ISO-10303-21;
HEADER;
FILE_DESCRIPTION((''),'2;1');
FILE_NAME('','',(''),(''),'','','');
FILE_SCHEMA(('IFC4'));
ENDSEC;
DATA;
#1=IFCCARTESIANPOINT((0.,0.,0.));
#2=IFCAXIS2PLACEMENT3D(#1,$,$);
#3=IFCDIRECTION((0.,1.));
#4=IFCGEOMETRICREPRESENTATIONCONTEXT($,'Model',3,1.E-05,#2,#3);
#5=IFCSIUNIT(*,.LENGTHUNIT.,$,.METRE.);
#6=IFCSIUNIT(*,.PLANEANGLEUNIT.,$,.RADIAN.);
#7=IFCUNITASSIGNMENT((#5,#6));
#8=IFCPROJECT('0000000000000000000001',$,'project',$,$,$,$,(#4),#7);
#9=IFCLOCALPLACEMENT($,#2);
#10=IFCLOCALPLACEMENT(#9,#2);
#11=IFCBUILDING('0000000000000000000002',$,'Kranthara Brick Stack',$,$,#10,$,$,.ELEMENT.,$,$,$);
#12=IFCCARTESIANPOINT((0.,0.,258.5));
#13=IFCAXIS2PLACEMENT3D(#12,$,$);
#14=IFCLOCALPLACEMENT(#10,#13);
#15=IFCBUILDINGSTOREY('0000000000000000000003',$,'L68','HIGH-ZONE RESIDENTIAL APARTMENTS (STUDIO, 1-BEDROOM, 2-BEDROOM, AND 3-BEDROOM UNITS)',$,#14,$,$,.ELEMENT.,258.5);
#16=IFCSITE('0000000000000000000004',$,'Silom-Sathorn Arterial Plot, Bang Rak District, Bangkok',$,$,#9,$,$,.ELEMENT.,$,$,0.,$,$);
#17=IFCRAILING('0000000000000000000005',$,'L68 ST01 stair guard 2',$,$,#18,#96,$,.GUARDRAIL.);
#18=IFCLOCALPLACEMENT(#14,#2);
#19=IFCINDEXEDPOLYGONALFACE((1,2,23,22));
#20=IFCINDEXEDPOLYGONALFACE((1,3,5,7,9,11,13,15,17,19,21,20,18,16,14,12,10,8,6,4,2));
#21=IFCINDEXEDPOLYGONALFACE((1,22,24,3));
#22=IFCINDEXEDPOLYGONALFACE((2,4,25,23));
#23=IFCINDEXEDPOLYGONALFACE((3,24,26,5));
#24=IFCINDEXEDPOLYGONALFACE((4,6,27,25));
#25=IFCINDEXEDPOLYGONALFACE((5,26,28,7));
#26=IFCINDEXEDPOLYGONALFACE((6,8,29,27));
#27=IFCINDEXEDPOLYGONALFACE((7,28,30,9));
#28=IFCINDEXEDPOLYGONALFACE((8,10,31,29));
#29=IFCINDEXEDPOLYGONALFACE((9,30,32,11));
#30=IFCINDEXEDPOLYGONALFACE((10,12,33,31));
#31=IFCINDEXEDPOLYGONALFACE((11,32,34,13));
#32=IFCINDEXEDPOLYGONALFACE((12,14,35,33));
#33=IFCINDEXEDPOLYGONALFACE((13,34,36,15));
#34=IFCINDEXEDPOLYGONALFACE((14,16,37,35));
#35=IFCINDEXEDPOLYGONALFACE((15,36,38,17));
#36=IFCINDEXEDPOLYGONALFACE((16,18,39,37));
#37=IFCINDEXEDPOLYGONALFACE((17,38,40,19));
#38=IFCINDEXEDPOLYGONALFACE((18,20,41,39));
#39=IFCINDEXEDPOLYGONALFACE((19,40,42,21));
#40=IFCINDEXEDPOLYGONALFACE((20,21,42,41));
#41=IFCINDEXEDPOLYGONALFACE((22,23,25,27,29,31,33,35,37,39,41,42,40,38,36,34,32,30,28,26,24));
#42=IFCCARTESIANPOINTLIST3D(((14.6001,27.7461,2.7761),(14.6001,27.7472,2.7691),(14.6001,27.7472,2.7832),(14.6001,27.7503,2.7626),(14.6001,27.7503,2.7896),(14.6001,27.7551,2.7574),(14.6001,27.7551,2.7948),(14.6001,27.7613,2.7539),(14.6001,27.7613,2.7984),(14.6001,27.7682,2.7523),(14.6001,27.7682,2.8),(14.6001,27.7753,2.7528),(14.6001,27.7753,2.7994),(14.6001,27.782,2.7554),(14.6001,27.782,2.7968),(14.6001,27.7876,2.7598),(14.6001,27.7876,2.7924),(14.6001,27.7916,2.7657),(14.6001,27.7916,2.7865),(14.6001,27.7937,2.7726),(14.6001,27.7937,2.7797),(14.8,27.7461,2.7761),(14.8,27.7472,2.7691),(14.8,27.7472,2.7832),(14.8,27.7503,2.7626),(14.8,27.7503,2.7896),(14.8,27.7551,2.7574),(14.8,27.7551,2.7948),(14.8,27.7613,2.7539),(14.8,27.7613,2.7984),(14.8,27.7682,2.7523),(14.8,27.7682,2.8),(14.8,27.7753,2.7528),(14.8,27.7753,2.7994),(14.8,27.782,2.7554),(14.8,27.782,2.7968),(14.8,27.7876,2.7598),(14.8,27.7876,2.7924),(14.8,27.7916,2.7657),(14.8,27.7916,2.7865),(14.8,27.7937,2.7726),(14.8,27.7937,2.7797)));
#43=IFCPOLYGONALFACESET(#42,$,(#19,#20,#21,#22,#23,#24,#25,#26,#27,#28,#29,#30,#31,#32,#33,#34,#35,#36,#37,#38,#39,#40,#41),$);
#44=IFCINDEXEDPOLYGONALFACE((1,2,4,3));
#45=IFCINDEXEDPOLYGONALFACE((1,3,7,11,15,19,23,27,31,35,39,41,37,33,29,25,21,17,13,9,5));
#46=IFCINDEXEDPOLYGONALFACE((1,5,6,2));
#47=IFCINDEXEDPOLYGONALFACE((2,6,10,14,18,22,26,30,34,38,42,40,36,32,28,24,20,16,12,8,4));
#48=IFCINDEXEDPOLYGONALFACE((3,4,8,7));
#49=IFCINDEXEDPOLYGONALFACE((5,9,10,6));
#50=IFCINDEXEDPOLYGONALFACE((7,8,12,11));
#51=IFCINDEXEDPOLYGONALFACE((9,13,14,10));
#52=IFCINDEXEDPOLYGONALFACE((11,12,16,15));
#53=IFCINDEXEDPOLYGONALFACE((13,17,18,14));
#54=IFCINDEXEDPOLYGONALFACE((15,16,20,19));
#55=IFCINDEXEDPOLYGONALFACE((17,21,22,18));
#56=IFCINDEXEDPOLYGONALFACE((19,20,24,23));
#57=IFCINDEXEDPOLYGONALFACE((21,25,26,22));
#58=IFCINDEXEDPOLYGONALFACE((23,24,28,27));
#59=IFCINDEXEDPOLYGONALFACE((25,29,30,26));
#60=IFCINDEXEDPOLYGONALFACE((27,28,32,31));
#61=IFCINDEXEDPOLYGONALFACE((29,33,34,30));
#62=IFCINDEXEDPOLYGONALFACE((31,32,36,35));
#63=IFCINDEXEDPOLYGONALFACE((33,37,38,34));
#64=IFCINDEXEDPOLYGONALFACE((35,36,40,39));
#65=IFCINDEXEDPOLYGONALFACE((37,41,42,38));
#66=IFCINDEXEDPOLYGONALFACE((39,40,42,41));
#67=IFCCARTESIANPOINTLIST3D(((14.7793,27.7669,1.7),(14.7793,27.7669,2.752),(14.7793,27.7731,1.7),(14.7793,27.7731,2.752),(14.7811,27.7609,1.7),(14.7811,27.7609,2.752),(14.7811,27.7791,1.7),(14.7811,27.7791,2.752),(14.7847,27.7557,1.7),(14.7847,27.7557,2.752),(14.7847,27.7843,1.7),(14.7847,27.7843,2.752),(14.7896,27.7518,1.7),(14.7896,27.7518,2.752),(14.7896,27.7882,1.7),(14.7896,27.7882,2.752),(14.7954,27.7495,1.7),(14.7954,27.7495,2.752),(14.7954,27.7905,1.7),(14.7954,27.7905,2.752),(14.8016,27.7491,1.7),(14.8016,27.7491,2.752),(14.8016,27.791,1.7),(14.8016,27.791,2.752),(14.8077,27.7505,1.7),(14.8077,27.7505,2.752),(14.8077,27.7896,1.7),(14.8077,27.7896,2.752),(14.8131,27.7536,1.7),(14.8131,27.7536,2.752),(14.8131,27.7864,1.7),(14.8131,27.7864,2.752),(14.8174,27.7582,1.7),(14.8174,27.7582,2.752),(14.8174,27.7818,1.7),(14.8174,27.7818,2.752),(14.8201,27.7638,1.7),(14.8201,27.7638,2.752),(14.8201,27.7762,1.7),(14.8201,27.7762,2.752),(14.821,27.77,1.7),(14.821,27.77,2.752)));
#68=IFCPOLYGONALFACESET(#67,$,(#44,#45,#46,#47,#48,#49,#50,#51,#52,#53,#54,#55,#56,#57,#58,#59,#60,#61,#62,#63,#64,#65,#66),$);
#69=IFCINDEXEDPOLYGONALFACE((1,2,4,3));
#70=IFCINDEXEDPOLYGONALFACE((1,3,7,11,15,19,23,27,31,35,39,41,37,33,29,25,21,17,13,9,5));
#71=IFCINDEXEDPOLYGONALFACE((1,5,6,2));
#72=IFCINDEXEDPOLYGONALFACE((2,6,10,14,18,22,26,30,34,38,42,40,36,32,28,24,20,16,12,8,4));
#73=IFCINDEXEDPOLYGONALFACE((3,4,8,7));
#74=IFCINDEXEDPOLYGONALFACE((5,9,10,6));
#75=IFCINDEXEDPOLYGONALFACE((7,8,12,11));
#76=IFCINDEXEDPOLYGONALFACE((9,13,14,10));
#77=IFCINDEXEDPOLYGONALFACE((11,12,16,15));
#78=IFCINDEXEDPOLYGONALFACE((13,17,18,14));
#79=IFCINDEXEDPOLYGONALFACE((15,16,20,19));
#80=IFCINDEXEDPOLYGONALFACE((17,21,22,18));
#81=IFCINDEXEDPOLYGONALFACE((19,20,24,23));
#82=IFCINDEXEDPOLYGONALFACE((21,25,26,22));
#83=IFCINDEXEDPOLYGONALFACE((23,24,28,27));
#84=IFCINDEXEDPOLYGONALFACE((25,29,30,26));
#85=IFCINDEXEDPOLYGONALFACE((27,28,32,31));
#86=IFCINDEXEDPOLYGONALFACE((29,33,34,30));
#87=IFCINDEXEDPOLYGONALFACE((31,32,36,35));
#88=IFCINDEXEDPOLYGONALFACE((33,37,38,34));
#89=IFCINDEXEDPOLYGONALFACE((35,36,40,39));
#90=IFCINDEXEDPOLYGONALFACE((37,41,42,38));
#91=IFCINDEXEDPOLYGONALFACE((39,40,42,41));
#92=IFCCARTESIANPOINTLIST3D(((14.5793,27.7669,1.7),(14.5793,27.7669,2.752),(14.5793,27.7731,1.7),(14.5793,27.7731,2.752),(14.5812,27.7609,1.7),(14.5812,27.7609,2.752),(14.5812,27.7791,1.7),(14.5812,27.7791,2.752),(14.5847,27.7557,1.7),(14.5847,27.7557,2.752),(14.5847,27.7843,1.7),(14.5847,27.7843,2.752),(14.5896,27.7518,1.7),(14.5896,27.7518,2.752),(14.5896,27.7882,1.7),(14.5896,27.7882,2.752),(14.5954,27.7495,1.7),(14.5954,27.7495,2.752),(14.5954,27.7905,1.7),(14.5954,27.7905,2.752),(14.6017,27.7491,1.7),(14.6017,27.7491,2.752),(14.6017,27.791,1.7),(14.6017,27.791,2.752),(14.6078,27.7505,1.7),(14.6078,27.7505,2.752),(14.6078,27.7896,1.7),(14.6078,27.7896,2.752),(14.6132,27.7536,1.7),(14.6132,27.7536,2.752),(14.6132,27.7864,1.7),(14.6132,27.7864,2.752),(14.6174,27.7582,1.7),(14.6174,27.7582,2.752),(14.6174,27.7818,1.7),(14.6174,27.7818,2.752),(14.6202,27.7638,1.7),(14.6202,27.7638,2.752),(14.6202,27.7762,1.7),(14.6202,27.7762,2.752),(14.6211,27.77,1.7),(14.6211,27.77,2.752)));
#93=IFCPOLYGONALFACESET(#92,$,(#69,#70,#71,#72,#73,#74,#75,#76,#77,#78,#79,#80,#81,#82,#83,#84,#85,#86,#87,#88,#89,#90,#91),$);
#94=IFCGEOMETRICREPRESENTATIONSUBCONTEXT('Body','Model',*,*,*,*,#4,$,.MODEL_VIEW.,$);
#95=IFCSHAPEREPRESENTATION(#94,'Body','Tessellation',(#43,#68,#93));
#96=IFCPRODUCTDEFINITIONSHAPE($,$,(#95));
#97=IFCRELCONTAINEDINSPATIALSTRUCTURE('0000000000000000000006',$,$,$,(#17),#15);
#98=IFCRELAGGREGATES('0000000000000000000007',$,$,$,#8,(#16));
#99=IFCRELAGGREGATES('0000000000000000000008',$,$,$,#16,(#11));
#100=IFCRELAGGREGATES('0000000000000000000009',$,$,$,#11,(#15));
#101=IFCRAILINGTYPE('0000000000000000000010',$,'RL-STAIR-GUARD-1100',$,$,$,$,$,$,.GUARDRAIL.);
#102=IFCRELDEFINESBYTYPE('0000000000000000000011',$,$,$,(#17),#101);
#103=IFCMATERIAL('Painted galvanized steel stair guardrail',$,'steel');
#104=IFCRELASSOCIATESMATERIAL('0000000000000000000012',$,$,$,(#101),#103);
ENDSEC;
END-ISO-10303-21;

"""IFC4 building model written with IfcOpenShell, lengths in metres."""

from ifc_helpers import new_model, si_unit, direction, frame, origin, origin_2d, place, context, subcontext, project, spatial, circle, extrude, material, type_object, element, save


model = new_model("IFC4")

# Units and contexts
model_context = context("Model", 3, precision=1e-05, world=origin(), true_north=direction((0.0, 1.0)))
body_context = subcontext(model_context, "Body", "Model", "MODEL_VIEW")
ifc_project = project(units=[si_unit("LENGTHUNIT", "METRE"), si_unit("PLANEANGLEUNIT", "RADIAN")], contexts=[model_context])

# Site, building, storey
site_placement = place(None, origin())
site = spatial("IfcSite", under=ifc_project, at=site_placement, Name="Silom-Sathorn Arterial Plot, Bang Rak District, Bangkok", CompositionType="ELEMENT", RefElevation=0.0)
building_placement = place(site_placement, origin())
building = spatial("IfcBuilding", under=site, at=building_placement, Name="Kranthara Brick Stack", CompositionType="ELEMENT")
storey_placement = place(building_placement, frame((0.0, 0.0, 258.5)))
storey = spatial("IfcBuildingStorey", under=building, at=storey_placement, Name="L68", Description="HIGH-ZONE RESIDENTIAL APARTMENTS (STUDIO, 1-BEDROOM, 2-BEDROOM, AND 3-BEDROOM UNITS)", CompositionType="ELEMENT", Elevation=258.5)

# Railing
ifc_material_1 = material(Name="Painted galvanized steel stair guardrail", Category="steel")
railing_type_1 = type_object("IfcRailingType", Name="RL-STAIR-GUARD-1100", PredefinedType="GUARDRAIL", material=ifc_material_1)
railing_1_placement = place(storey_placement, frame((14.8, 27.77, 1.7)))
element("IfcRailing", 1, at=railing_1_placement, inside=storey, type_object=railing_type_1, Name="L68 ST01 stair guard 2", PredefinedType="GUARDRAIL", context=body_context, shape_type="SweptSolid", body=[
    extrude(circle(Radius=0.0239, at=origin_2d()), frame((0.0, 0.0, 1.0762), z_axis=(-1.0, 0.0, 0.0), x_axis=(0.0, -1.0, 0.0)), (0.0, 0.0, 1.0), 0.2),
    extrude(circle(Radius=0.021, at=origin_2d()), origin(), (0.0, 0.0, 1.0), 1.052),
    extrude(circle(Radius=0.021, at=origin_2d()), frame((-0.2, 0.0, 0.0)), (0.0, 0.0, 1.0), 1.052),
])

save(model, "model.ifc")
